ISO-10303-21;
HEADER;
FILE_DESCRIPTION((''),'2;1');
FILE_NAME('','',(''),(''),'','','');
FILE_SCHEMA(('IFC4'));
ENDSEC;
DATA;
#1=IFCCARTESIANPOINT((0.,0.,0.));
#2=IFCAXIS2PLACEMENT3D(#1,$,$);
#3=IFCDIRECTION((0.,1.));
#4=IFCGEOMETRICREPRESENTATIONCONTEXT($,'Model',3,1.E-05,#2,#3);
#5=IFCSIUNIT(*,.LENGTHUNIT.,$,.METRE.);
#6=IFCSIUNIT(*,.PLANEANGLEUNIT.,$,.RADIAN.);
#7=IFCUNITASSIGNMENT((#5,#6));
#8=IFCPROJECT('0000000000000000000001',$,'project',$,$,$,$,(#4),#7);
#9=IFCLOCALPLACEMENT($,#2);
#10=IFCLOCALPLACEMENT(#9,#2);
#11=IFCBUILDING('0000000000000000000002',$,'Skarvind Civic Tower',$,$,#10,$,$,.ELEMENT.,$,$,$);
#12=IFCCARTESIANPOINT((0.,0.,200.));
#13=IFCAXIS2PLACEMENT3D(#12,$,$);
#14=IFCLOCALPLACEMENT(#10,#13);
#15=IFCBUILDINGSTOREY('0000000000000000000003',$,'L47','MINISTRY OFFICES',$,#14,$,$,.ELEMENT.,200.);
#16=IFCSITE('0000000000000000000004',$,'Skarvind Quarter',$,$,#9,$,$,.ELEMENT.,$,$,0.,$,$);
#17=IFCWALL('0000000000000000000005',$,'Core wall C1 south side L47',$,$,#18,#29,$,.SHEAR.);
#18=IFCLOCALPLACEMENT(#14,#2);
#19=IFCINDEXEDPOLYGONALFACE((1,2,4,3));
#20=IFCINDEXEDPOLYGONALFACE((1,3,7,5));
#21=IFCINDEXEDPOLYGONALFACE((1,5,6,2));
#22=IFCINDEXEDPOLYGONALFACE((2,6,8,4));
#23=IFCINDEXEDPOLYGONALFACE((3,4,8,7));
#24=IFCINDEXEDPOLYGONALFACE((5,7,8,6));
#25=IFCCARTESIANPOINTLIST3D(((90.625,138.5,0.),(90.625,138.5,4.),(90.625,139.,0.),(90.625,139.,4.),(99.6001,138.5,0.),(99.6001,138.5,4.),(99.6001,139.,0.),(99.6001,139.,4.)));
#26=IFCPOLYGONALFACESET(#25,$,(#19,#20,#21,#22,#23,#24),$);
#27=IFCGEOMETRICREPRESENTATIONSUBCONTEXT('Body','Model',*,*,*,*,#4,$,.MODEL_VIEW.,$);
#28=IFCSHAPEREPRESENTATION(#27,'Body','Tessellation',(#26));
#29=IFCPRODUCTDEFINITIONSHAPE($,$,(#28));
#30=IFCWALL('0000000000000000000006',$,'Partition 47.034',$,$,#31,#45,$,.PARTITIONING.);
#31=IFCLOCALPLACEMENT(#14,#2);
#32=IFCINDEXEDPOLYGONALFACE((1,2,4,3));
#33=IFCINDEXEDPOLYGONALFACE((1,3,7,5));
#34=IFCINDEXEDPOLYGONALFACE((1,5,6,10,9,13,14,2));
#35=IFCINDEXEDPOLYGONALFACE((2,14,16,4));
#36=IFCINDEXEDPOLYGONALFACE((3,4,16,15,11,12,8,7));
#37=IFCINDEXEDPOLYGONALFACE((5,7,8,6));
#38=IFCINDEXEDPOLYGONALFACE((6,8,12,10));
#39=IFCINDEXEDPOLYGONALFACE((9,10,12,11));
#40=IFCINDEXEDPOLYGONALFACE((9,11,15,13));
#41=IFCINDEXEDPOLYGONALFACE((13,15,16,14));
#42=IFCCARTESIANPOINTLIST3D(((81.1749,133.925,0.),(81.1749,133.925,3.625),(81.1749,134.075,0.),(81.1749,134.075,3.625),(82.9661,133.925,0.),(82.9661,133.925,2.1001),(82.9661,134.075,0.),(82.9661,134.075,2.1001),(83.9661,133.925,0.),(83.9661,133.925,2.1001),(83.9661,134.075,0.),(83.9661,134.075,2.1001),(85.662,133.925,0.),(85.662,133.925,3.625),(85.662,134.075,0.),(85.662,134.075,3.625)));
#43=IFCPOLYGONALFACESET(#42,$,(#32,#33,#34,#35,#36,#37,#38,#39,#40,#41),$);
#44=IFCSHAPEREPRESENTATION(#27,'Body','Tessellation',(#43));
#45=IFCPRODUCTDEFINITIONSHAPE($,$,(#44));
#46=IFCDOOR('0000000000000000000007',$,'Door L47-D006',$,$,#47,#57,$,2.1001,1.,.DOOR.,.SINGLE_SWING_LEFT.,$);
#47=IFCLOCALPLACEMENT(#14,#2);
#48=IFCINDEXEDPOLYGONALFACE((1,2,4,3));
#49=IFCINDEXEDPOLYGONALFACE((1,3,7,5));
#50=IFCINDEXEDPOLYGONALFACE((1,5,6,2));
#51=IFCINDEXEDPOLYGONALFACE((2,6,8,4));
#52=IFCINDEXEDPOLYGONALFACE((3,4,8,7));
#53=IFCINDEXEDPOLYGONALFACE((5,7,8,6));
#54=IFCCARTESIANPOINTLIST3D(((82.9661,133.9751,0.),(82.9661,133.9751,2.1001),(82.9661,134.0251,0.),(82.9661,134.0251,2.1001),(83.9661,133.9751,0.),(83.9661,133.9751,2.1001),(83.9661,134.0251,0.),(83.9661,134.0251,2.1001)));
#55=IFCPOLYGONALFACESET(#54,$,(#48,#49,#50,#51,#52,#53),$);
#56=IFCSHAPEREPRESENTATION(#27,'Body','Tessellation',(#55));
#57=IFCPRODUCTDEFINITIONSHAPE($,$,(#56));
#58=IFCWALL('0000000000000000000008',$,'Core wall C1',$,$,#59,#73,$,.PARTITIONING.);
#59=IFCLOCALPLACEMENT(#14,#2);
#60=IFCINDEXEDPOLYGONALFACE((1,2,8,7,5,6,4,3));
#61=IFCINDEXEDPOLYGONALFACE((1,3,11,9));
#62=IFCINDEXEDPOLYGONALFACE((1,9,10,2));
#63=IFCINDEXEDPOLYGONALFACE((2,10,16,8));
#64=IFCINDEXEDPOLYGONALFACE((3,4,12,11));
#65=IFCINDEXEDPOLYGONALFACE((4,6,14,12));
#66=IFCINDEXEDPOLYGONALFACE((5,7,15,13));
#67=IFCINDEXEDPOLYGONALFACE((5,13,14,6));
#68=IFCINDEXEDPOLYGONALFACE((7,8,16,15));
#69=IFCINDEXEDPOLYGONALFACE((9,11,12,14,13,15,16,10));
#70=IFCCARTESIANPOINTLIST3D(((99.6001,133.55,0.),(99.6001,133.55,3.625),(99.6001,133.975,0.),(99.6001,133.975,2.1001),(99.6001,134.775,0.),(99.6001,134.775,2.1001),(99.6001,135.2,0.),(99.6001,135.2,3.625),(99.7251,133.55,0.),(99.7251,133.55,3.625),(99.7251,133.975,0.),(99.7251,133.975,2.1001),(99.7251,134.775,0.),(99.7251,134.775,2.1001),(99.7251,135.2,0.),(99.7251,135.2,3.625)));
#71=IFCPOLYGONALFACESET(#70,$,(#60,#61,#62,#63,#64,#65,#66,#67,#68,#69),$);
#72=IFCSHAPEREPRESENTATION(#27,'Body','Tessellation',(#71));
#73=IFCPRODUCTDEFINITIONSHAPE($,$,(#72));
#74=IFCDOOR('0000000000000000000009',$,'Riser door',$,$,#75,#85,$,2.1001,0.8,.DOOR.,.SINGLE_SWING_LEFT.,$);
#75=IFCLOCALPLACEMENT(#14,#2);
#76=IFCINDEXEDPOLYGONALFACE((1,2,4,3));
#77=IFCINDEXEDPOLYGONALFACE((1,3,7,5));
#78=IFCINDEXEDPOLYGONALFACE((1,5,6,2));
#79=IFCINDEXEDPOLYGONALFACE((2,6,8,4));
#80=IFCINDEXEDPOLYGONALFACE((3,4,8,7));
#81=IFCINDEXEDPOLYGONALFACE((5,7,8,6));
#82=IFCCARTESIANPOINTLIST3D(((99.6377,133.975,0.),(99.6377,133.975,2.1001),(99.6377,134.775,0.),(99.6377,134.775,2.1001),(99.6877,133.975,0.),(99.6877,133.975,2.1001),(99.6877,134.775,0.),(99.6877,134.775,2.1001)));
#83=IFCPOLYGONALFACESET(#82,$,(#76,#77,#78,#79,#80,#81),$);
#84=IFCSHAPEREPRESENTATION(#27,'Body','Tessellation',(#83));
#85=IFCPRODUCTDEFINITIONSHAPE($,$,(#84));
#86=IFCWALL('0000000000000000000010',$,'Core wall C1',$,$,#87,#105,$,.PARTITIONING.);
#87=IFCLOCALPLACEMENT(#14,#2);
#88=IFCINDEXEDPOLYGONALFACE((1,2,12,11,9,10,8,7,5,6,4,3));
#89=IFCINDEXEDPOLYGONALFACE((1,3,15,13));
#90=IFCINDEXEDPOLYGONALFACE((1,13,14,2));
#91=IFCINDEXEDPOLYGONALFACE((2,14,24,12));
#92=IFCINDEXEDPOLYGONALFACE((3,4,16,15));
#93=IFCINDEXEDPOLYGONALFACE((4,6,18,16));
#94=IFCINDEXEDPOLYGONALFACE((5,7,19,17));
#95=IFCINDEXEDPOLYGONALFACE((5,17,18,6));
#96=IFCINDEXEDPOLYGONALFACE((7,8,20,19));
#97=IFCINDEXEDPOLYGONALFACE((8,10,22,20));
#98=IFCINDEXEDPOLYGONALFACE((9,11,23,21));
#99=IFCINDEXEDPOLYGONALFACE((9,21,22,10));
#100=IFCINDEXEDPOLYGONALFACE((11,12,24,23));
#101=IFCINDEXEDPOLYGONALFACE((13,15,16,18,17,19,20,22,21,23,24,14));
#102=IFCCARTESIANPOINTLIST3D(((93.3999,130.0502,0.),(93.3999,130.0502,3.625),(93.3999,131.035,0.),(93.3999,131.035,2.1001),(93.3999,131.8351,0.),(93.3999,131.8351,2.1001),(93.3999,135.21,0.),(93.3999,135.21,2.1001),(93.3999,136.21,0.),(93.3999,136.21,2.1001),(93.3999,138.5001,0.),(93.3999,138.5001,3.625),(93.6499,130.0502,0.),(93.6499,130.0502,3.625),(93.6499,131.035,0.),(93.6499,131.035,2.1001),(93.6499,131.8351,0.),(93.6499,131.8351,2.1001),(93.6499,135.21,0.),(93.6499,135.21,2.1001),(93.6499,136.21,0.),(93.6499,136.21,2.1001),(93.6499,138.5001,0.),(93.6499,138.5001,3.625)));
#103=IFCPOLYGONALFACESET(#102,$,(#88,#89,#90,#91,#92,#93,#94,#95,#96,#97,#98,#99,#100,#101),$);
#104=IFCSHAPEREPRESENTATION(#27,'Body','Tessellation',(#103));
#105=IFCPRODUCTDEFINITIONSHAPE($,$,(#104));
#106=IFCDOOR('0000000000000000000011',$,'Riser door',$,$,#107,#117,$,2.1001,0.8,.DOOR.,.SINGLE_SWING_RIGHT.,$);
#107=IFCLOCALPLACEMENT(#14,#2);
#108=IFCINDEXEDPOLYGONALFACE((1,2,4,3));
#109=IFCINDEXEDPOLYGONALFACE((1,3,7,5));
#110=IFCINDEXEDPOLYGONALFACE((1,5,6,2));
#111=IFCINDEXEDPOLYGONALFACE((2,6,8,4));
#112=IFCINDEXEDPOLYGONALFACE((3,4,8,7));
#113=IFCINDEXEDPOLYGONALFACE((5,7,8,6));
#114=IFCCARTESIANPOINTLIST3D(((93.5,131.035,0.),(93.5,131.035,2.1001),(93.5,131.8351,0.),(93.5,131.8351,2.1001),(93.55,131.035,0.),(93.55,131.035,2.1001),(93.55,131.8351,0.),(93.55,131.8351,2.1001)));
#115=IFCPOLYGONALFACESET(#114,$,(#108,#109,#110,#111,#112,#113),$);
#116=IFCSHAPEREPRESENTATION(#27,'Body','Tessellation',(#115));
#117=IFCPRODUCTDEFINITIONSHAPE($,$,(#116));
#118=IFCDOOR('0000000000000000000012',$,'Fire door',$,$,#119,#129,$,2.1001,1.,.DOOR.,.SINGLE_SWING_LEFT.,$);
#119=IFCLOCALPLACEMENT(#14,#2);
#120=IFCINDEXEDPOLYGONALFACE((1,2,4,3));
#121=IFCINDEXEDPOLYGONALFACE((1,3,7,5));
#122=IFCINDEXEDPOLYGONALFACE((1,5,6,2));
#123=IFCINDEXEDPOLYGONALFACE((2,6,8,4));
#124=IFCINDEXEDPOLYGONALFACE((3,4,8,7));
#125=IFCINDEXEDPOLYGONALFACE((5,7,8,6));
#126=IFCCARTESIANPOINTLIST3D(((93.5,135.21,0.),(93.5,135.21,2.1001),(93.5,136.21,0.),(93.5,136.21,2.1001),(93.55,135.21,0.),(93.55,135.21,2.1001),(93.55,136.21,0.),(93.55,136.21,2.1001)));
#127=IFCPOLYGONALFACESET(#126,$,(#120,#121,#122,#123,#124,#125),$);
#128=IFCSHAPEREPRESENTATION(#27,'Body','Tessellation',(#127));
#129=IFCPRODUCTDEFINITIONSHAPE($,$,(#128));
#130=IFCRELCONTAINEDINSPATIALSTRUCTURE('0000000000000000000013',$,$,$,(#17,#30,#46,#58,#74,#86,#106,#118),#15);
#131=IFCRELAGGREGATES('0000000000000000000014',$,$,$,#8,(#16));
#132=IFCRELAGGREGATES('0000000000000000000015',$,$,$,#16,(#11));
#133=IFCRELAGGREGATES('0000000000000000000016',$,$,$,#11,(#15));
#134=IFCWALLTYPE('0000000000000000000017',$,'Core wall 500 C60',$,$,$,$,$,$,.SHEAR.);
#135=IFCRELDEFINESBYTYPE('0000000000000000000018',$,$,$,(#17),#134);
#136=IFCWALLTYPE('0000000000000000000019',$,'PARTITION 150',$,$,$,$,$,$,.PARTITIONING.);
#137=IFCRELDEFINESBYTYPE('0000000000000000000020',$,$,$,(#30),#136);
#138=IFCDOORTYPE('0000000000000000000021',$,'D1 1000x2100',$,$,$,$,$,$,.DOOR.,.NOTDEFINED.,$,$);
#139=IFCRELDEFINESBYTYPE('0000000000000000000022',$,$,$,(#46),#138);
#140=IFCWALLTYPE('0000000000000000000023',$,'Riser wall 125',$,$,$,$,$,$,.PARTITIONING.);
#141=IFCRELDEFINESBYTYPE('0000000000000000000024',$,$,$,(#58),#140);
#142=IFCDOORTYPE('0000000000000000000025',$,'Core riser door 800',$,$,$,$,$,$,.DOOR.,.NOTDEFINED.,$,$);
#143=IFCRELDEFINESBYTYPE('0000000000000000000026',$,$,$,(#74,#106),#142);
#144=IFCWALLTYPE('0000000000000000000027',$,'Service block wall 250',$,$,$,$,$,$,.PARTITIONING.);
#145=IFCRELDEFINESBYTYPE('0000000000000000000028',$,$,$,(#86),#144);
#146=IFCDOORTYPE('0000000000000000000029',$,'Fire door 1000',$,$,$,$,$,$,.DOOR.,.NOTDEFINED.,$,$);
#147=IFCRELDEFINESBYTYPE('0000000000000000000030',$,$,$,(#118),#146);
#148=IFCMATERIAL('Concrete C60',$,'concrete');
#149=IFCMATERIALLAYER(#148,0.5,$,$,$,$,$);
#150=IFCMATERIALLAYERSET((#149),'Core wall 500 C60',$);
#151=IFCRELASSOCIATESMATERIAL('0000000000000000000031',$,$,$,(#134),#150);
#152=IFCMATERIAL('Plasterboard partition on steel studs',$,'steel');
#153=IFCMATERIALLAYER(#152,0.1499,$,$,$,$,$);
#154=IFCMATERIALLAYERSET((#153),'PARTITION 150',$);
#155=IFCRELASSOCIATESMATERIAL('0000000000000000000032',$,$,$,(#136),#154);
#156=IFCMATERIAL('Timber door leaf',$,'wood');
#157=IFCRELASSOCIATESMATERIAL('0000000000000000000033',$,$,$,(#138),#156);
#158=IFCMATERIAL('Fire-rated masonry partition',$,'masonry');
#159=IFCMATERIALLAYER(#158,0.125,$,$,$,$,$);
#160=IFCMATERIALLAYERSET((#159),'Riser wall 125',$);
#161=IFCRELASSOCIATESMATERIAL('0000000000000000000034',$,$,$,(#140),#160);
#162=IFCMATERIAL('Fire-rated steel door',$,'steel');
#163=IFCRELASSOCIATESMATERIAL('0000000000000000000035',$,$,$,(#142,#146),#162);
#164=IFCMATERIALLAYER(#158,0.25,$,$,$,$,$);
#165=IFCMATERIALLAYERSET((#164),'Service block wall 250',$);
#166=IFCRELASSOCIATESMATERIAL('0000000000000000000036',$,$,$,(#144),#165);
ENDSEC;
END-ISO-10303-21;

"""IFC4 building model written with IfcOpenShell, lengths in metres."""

from ifc_helpers import new_model, si_unit, direction, frame, frame_2d, origin, place, context, subcontext, project, spatial, rectangle, extrude, material, layer, layer_set, type_object, element, fill, save


model = new_model("IFC4")

# Units and contexts
model_context = context("Model", 3, precision=1e-05, world=origin(), true_north=direction((0.0, 1.0)))
body_context = subcontext(model_context, "Body", "Model", "MODEL_VIEW")
ifc_project = project(units=[si_unit("LENGTHUNIT", "METRE"), si_unit("PLANEANGLEUNIT", "RADIAN")], contexts=[model_context])

# Site, building, storey
site_placement = place(None, origin())
site = spatial("IfcSite", under=ifc_project, at=site_placement, Name="Skarvind Quarter", CompositionType="ELEMENT", RefElevation=0.0)
building_placement = place(site_placement, origin())
building = spatial("IfcBuilding", under=site, at=building_placement, Name="Skarvind Civic Tower", CompositionType="ELEMENT")
storey_placement = place(building_placement, frame((0.0, 0.0, 200.0)))
storey = spatial("IfcBuildingStorey", under=building, at=storey_placement, Name="L47", Description="MINISTRY OFFICES", CompositionType="ELEMENT", Elevation=200.0)

# Shared definitions
ifc_material_1 = material(Name="Concrete C60", Category="concrete")

# Shared definitions
ifc_material_2 = material(Name="Timber door leaf", Category="wood")
ifc_material_3 = material(Name="Fire-rated masonry partition", Category="masonry")
ifc_material_4 = material(Name="Fire-rated steel door", Category="steel")

# Wall
ifc_layer_1 = layer(ifc_material_1, 0.5)
ifc_layer_set_1 = layer_set([ifc_layer_1], Name="Core wall 500 C60")
wall_type_1 = type_object("IfcWallType", Name="Core wall 500 C60", PredefinedType="SHEAR", material=ifc_layer_set_1)
wall_1_placement = place(storey_placement, frame((99.6001, 138.75, 0.0), z_axis=(0.0, 0.0, 1.0), x_axis=(-1.0, 0.0, 0.0)))
element("IfcWall", 1, at=wall_1_placement, inside=storey, type_object=wall_type_1, Name="Core wall C1 south side L47", PredefinedType="SHEAR", context=body_context, shape_type="SweptSolid", body=[
    extrude(rectangle(XDim=8.9751, YDim=0.5, at=frame_2d((4.4875, 0.0))), origin(), (0.0, 0.0, 1.0), 4.0),
])

# Walls, openings, doors
ifc_material_5 = material(Name="Plasterboard partition on steel studs", Category="steel")
ifc_layer_2 = layer(ifc_material_5, 0.1499)
ifc_layer_set_2 = layer_set([ifc_layer_2], Name="PARTITION 150")
wall_type_2 = type_object("IfcWallType", Name="PARTITION 150", PredefinedType="PARTITIONING", material=ifc_layer_set_2)
wall_2_placement = place(storey_placement, frame((85.6621, 134.0, 0.0), z_axis=(0.0, 0.0, 1.0), x_axis=(-1.0, 0.0, 0.0)))
wall_2 = element("IfcWall", 2, at=wall_2_placement, inside=storey, type_object=wall_type_2, Name="Partition 47.034", PredefinedType="PARTITIONING", context=body_context, shape_type="SweptSolid", body=[
    extrude(rectangle(XDim=4.4871, YDim=0.1499, at=frame_2d((2.2437, 0.0))), origin(), (0.0, 0.0, 1.0), 3.625),
])
opening_1_placement = place(wall_2_placement, frame((1.696, 0.0, 0.0)))
opening_1 = element("IfcOpeningElement", 3, at=opening_1_placement, cuts=wall_2, PredefinedType="OPENING", context=body_context, shape_type="SweptSolid", body=[
    extrude(rectangle(XDim=1.0, YDim=2.1001, at=frame_2d((0.5, 1.05))), frame((0.0, 0.085, 0.0), z_axis=(0.0, -1.0, 0.0), x_axis=(1.0, 0.0, 0.0)), (0.0, 0.0, 1.0), 0.1699),
])
door_type_1 = type_object("IfcDoorType", Name="D1 1000x2100", OperationType="NOTDEFINED", PredefinedType="DOOR", material=ifc_material_2)
door_1_placement = place(opening_1_placement, origin())
door_1 = element("IfcDoor", 4, at=door_1_placement, inside=storey, type_object=door_type_1, Name="Door L47-D006", OperationType="SINGLE_SWING_LEFT", OverallHeight=2.1001, OverallWidth=1.0, PredefinedType="DOOR", context=body_context, shape_type="SweptSolid", body=[
    extrude(rectangle(XDim=1.0, YDim=2.1001, at=frame_2d((0.5, 1.05))), frame((0.0, 0.0249, 0.0), z_axis=(0.0, -1.0, 0.0), x_axis=(1.0, 0.0, 0.0)), (0.0, 0.0, 1.0), 0.05),
])
fill(opening_1, door_1)
ifc_layer_3 = layer(ifc_material_3, 0.125)
ifc_layer_set_3 = layer_set([ifc_layer_3], Name="Riser wall 125")
wall_type_3 = type_object("IfcWallType", Name="Riser wall 125", PredefinedType="PARTITIONING", material=ifc_layer_set_3)
wall_3_placement = place(storey_placement, frame((99.6626, 133.55, 0.0), z_axis=(0.0, 0.0, 1.0), x_axis=(0.0, 1.0, 0.0)))
wall_3 = element("IfcWall", 5, at=wall_3_placement, inside=storey, type_object=wall_type_3, Name="Core wall C1", PredefinedType="PARTITIONING", context=body_context, shape_type="SweptSolid", body=[
    extrude(rectangle(XDim=1.6499, YDim=0.125, at=frame_2d((0.825, 0.0))), origin(), (0.0, 0.0, 1.0), 3.625),
])
opening_2_placement = place(wall_3_placement, frame((0.425, 0.0, 0.0)))
opening_2 = element("IfcOpeningElement", 6, at=opening_2_placement, cuts=wall_3, PredefinedType="OPENING", context=body_context, shape_type="SweptSolid", body=[
    extrude(rectangle(XDim=0.8, YDim=2.1001, at=frame_2d((0.3999, 1.05))), frame((0.0, 0.0725, 0.0), z_axis=(0.0, -1.0, 0.0), x_axis=(1.0, 0.0, 0.0)), (0.0, 0.0, 1.0), 0.145),
])
door_type_2 = type_object("IfcDoorType", Name="Core riser door 800", OperationType="NOTDEFINED", PredefinedType="DOOR", material=ifc_material_4)
door_2_placement = place(opening_2_placement, origin())
door_2 = element("IfcDoor", 7, at=door_2_placement, inside=storey, type_object=door_type_2, Name="Riser door", OperationType="SINGLE_SWING_LEFT", OverallHeight=2.1001, OverallWidth=0.8, PredefinedType="DOOR", context=body_context, shape_type="SweptSolid", body=[
    extrude(rectangle(XDim=0.8, YDim=2.1001, at=frame_2d((0.3999, 1.05))), frame((0.0, 0.0249, 0.0), z_axis=(0.0, -1.0, 0.0), x_axis=(1.0, 0.0, 0.0)), (0.0, 0.0, 1.0), 0.05),
])
fill(opening_2, door_2)

# Wall, openings, doors
ifc_layer_4 = layer(ifc_material_3, 0.25)
ifc_layer_set_4 = layer_set([ifc_layer_4], Name="Service block wall 250")
wall_type_4 = type_object("IfcWallType", Name="Service block wall 250", PredefinedType="PARTITIONING", material=ifc_layer_set_4)
wall_4_placement = place(storey_placement, frame((93.5249, 130.05, 0.0), z_axis=(0.0, 0.0, 1.0), x_axis=(0.0, 1.0, 0.0)))
wall_4 = element("IfcWall", 8, at=wall_4_placement, inside=storey, type_object=wall_type_4, Name="Core wall C1", PredefinedType="PARTITIONING", context=body_context, shape_type="SweptSolid", body=[
    extrude(rectangle(XDim=8.45, YDim=0.25, at=frame_2d((4.2251, 0.0))), origin(), (0.0, 0.0, 1.0), 3.625),
])
opening_3_placement = place(wall_4_placement, frame((0.9851, 0.0, 0.0)))
opening_3 = element("IfcOpeningElement", 9, at=opening_3_placement, cuts=wall_4, PredefinedType="OPENING", context=body_context, shape_type="SweptSolid", body=[
    extrude(rectangle(XDim=0.8, YDim=2.1001, at=frame_2d((0.3999, 1.05))), frame((0.0, 0.135, 0.0), z_axis=(0.0, -1.0, 0.0), x_axis=(1.0, 0.0, 0.0)), (0.0, 0.0, 1.0), 0.27),
])
opening_4_placement = place(wall_4_placement, frame((5.1599, 0.0, 0.0)))
opening_4 = element("IfcOpeningElement", 10, at=opening_4_placement, cuts=wall_4, PredefinedType="OPENING", context=body_context, shape_type="SweptSolid", body=[
    extrude(rectangle(XDim=1.0, YDim=2.1001, at=frame_2d((0.5, 1.05))), frame((0.0, 0.135, 0.0), z_axis=(0.0, -1.0, 0.0), x_axis=(1.0, 0.0, 0.0)), (0.0, 0.0, 1.0), 0.27),
])
door_3_placement = place(opening_3_placement, origin())
door_3 = element("IfcDoor", 11, at=door_3_placement, inside=storey, type_object=door_type_2, Name="Riser door", OperationType="SINGLE_SWING_RIGHT", OverallHeight=2.1001, OverallWidth=0.8, PredefinedType="DOOR", context=body_context, shape_type="SweptSolid", body=[
    extrude(rectangle(XDim=0.8, YDim=2.1001, at=frame_2d((0.3999, 1.05))), frame((0.0, 0.0249, 0.0), z_axis=(0.0, -1.0, 0.0), x_axis=(1.0, 0.0, 0.0)), (0.0, 0.0, 1.0), 0.05),
])
fill(opening_3, door_3)
door_type_3 = type_object("IfcDoorType", Name="Fire door 1000", OperationType="NOTDEFINED", PredefinedType="DOOR", material=ifc_material_4)
door_4_placement = place(opening_4_placement, origin())
door_4 = element("IfcDoor", 12, at=door_4_placement, inside=storey, type_object=door_type_3, Name="Fire door", OperationType="SINGLE_SWING_LEFT", OverallHeight=2.1001, OverallWidth=1.0, PredefinedType="DOOR", context=body_context, shape_type="SweptSolid", body=[
    extrude(rectangle(XDim=1.0, YDim=2.1001, at=frame_2d((0.5, 1.05))), frame((0.0, 0.0249, 0.0), z_axis=(0.0, -1.0, 0.0), x_axis=(1.0, 0.0, 0.0)), (0.0, 0.0, 1.0), 0.05),
])
fill(opening_4, door_4)

save(model, "model.ifc")
